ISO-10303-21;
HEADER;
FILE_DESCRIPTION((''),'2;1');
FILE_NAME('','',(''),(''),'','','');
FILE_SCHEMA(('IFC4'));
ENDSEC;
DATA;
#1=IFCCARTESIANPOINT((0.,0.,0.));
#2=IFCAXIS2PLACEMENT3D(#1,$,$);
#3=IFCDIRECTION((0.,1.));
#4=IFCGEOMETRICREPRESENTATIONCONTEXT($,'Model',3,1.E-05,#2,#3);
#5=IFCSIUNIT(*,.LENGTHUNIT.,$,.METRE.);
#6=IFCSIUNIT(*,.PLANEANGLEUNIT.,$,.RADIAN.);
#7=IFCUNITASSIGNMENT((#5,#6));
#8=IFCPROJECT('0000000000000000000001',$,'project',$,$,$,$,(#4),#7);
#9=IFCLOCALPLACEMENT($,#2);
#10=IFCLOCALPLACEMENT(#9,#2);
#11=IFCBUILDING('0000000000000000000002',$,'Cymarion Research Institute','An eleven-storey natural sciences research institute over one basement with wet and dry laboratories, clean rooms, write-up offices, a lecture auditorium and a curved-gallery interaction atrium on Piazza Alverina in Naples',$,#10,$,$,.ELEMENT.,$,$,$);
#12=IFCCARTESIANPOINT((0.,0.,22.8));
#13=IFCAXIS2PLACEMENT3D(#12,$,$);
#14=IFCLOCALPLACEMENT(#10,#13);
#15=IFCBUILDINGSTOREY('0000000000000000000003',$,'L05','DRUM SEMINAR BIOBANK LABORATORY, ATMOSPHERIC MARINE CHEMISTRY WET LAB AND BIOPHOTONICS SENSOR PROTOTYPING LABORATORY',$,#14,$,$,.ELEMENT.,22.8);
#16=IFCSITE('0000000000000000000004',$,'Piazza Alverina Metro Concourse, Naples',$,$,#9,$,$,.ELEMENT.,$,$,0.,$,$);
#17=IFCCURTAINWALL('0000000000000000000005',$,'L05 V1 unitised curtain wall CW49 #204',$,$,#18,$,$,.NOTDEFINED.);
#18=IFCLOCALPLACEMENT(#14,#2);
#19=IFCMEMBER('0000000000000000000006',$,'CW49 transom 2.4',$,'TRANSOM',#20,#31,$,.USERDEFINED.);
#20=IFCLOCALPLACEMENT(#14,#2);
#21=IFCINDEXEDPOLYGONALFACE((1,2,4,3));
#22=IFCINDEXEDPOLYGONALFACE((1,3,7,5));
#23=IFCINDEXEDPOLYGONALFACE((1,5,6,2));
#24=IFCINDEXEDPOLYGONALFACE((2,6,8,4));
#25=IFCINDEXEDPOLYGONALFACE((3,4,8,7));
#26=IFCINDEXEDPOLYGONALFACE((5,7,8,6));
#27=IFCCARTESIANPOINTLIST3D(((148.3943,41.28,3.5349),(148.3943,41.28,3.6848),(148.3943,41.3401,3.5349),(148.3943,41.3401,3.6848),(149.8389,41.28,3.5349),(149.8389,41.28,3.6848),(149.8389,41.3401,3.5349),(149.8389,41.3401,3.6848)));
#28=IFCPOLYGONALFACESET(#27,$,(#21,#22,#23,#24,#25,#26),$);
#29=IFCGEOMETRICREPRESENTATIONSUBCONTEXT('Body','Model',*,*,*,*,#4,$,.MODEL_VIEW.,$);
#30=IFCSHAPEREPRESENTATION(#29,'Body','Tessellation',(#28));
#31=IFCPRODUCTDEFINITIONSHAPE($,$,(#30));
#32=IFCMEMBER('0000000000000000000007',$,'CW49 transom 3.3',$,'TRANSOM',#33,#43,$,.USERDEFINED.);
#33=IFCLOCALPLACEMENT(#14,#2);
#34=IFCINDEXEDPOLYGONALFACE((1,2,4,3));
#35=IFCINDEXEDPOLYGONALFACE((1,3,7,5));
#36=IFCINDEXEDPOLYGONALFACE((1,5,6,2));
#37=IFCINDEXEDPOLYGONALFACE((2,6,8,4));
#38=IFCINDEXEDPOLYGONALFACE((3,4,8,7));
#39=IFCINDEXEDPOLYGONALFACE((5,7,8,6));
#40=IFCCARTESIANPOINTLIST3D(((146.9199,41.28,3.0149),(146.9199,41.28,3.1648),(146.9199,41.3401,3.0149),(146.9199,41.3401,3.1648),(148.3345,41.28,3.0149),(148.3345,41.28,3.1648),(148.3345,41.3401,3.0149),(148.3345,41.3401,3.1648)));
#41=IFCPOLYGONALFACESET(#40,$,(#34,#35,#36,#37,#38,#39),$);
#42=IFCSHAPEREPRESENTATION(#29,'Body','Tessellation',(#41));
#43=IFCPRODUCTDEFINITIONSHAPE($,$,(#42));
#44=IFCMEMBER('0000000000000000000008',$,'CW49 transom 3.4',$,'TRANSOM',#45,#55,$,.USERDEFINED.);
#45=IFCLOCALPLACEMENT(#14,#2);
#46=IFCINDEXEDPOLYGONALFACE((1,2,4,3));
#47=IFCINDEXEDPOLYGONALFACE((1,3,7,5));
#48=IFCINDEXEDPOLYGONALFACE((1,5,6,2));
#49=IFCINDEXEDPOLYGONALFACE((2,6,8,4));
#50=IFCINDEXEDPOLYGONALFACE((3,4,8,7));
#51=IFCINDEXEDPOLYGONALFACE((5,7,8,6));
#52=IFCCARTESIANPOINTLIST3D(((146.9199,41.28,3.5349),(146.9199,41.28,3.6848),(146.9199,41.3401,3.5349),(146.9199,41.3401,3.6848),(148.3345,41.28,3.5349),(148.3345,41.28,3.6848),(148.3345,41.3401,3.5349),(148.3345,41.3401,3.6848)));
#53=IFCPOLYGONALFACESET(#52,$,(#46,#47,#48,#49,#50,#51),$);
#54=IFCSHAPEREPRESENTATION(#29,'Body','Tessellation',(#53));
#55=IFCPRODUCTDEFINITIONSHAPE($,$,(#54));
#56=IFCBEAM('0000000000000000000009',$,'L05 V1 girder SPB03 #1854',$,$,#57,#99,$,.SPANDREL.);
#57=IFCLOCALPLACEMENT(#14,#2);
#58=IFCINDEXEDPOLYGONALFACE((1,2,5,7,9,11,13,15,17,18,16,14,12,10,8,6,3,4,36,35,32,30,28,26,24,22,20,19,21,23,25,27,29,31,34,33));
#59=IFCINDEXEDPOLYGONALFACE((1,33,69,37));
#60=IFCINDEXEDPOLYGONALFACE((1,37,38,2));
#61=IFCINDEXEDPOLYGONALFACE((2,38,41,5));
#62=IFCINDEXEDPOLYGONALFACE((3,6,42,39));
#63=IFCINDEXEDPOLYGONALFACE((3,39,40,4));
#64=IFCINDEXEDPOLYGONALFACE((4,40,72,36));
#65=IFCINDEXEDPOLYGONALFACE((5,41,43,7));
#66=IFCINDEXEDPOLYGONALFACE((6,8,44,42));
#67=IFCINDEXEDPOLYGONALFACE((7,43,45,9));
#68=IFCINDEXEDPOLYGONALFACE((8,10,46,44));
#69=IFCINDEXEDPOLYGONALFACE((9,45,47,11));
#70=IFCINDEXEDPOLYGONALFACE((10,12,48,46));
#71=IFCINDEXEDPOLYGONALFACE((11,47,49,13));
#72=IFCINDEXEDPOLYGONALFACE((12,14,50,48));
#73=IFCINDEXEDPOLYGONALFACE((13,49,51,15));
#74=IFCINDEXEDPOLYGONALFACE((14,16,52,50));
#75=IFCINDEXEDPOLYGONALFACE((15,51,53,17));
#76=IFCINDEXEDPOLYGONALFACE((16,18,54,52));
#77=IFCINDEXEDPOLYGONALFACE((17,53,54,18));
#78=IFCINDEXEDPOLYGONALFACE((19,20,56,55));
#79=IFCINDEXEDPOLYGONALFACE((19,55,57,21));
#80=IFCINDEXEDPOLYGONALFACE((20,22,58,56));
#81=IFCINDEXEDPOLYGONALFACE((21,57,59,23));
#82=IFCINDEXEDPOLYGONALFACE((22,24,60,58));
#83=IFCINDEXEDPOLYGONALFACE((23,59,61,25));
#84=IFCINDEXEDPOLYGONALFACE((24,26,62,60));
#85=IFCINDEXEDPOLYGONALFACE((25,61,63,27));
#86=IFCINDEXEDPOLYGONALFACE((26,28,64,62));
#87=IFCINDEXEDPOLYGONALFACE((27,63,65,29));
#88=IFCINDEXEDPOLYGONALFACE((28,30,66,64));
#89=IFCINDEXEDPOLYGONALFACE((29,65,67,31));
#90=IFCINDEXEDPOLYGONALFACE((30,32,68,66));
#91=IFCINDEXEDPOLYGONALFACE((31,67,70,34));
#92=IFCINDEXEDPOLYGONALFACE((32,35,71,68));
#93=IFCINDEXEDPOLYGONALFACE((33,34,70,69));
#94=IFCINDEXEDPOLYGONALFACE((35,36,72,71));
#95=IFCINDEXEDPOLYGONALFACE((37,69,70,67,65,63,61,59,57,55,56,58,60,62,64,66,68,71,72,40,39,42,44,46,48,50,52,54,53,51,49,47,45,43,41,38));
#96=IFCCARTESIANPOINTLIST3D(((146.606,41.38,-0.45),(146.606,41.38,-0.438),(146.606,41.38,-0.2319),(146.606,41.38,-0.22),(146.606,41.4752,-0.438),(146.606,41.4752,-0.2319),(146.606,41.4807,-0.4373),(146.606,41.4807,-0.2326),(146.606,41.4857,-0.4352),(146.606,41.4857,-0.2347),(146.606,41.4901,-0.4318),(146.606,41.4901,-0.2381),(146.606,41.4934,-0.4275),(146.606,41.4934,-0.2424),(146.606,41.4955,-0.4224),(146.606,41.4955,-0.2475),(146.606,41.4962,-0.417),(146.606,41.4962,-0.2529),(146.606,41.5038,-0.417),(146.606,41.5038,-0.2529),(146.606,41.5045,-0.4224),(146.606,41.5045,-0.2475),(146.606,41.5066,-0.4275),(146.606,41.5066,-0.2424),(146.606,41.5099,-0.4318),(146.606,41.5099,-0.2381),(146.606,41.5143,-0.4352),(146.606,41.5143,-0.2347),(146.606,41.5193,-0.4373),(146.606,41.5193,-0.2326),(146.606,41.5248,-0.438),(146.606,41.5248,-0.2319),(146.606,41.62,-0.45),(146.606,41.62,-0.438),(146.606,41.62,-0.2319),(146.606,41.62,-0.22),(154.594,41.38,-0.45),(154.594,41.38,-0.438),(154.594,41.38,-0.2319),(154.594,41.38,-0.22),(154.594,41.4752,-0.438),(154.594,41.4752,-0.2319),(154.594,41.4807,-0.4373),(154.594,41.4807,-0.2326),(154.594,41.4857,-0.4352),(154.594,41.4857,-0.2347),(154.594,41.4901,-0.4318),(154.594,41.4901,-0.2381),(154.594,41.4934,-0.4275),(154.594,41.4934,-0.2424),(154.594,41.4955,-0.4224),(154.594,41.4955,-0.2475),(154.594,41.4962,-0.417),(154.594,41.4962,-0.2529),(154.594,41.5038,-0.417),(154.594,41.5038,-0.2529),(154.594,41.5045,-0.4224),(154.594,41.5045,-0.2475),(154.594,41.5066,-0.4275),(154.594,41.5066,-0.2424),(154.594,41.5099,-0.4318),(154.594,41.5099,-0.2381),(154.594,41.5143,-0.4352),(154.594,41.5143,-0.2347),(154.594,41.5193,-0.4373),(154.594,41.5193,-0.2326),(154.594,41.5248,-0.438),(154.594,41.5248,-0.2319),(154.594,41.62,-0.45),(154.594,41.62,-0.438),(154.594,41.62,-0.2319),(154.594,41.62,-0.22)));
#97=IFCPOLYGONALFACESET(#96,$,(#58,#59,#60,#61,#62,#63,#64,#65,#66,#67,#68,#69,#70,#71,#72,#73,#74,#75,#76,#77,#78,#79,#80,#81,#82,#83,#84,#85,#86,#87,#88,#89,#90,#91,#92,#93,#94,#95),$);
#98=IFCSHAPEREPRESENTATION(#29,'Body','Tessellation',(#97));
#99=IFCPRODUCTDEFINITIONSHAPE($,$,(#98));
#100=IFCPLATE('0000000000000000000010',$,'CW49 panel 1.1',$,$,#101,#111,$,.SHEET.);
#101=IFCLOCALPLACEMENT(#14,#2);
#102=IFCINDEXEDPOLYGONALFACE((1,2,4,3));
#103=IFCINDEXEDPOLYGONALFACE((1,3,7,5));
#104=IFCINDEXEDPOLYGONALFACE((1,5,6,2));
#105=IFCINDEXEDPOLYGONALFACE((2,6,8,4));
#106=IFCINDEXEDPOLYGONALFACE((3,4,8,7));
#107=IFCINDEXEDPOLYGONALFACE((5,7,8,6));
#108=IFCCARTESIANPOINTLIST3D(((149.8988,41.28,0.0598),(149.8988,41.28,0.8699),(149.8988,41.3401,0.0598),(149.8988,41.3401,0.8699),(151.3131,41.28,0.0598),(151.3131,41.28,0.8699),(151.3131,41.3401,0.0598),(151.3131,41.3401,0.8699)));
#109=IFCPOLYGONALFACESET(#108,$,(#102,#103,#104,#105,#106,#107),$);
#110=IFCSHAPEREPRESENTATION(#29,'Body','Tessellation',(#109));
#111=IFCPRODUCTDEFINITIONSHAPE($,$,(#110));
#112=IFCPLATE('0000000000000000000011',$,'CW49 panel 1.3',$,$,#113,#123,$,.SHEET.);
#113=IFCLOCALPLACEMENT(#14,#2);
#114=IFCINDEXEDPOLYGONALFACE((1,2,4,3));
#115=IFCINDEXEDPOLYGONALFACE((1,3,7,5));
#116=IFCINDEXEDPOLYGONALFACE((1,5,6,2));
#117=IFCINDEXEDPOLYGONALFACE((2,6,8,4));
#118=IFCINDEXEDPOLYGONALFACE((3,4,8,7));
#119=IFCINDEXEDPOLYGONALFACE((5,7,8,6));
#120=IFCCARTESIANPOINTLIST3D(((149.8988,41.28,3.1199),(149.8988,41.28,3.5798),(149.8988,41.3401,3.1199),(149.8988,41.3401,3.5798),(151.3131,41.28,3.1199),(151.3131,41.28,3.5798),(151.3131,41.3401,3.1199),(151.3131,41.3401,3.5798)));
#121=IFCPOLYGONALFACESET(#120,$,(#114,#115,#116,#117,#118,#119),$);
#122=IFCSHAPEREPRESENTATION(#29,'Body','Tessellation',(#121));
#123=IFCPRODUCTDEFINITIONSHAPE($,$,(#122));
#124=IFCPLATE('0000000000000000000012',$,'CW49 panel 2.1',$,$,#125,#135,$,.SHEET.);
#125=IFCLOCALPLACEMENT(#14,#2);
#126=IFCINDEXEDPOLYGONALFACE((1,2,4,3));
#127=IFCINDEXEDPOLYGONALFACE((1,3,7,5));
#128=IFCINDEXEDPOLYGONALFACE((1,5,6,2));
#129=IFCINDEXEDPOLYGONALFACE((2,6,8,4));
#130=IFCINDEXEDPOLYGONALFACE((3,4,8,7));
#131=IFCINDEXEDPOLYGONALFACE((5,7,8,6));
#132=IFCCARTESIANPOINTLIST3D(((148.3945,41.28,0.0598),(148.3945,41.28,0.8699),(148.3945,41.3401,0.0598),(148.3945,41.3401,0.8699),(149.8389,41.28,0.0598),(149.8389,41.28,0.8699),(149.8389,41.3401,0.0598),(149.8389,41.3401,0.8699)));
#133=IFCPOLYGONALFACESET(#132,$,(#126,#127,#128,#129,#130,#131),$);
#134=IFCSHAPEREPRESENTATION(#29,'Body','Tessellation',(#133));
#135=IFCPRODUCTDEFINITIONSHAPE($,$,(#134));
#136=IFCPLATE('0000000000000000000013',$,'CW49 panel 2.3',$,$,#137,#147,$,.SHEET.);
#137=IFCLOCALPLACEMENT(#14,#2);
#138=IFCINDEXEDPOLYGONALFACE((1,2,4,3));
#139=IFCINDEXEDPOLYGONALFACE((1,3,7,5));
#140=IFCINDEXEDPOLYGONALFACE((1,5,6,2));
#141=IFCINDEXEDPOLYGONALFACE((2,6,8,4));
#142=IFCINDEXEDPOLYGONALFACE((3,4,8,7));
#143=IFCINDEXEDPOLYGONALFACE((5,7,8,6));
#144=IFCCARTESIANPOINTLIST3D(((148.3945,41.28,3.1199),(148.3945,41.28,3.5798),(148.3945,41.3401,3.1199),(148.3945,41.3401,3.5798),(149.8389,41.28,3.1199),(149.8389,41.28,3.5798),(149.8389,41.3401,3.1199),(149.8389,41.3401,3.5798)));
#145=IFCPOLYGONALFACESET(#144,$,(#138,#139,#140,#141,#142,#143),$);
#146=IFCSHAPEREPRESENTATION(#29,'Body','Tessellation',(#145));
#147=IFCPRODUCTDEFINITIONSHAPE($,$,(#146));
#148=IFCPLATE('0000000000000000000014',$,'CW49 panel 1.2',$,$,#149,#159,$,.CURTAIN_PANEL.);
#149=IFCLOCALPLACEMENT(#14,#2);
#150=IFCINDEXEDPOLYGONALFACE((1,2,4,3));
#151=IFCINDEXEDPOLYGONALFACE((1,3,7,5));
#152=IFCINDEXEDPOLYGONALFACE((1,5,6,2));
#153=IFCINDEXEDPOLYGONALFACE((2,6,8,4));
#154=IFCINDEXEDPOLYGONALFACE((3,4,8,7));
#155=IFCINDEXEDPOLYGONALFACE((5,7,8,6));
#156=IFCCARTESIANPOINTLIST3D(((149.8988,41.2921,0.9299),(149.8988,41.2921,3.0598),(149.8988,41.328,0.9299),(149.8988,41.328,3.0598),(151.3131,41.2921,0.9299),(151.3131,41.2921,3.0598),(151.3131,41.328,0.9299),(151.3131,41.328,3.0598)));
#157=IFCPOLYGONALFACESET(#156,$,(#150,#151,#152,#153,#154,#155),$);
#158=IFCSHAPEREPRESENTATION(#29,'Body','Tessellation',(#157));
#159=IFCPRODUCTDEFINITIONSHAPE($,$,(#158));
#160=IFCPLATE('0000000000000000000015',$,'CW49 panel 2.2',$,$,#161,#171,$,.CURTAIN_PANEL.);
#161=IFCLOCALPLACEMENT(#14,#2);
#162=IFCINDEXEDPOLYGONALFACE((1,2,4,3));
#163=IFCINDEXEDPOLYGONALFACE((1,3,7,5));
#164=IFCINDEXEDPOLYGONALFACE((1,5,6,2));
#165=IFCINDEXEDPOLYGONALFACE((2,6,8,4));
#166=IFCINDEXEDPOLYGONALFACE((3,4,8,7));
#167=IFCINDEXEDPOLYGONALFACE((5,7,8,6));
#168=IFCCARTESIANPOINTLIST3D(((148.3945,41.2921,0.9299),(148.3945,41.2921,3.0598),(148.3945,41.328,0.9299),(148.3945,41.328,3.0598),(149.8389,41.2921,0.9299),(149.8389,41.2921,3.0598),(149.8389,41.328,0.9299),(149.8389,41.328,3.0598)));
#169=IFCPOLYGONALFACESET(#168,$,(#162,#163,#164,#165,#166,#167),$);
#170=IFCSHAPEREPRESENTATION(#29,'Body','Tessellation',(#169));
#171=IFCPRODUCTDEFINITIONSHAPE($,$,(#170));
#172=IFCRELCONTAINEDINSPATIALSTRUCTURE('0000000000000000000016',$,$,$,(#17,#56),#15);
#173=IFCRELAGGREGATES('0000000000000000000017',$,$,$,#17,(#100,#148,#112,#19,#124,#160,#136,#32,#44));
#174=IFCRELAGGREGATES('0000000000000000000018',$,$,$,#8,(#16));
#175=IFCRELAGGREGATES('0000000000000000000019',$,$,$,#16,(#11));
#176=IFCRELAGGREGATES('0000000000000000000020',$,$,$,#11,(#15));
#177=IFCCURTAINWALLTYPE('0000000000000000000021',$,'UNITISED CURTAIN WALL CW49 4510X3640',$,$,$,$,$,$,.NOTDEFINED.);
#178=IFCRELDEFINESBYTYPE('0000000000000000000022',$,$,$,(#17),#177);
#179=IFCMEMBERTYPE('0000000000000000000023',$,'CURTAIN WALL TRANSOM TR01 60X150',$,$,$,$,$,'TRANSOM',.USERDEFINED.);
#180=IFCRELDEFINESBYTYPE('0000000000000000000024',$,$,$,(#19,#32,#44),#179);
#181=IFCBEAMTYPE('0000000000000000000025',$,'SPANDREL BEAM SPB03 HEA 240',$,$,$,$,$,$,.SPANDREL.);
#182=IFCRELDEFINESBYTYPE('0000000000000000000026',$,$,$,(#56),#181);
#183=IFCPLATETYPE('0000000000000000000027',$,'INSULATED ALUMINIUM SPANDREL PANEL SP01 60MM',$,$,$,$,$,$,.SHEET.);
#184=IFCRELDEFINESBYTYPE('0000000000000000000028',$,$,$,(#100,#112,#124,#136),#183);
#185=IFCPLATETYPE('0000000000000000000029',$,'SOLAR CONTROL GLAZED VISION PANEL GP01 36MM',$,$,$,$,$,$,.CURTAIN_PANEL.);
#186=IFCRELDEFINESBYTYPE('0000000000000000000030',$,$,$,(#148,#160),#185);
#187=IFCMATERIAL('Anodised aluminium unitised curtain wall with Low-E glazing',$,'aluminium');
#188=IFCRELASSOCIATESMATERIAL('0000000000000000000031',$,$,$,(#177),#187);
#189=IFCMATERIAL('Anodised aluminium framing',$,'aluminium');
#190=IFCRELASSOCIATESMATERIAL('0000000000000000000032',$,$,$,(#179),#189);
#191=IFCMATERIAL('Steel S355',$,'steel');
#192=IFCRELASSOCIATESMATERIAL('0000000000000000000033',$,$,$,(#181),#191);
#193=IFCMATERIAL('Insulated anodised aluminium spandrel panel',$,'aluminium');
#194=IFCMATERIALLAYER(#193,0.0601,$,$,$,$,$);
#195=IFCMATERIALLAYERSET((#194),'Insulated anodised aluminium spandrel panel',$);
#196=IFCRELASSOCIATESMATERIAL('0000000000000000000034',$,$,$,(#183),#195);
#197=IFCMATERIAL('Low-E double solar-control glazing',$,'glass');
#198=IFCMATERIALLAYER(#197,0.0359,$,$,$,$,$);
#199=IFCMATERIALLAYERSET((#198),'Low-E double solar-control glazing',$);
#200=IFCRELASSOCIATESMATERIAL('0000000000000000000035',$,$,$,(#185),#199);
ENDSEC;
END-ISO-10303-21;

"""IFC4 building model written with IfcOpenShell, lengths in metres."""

from ifc_helpers import new_model, si_unit, direction, frame, origin, origin_2d, place, context, subcontext, project, spatial, rectangle, i_section, extrude, material, layer, layer_set, material_profile, profile_set, type_object, element, aggregate, save


model = new_model("IFC4")

# Units and contexts
model_context = context("Model", 3, precision=1e-05, world=origin(), true_north=direction((0.0, 1.0)))
body_context = subcontext(model_context, "Body", "Model", "MODEL_VIEW")
ifc_project = project(units=[si_unit("LENGTHUNIT", "METRE"), si_unit("PLANEANGLEUNIT", "RADIAN")], contexts=[model_context])

# Site, building, storey
site_placement = place(None, origin())
site = spatial("IfcSite", under=ifc_project, at=site_placement, Name="Piazza Alverina Metro Concourse, Naples", CompositionType="ELEMENT", RefElevation=0.0)
building_placement = place(site_placement, origin())
building = spatial("IfcBuilding", under=site, at=building_placement, Name="Cymarion Research Institute", Description="An eleven-storey natural sciences research institute over one basement with wet and dry laboratories, clean rooms, write-up offices, a lecture auditorium and a curved-gallery interaction atrium on Piazza Alverina in Naples", CompositionType="ELEMENT")
storey_placement = place(building_placement, frame((0.0, 0.0, 22.8)))
storey = spatial("IfcBuildingStorey", under=building, at=storey_placement, Name="L05", Description="DRUM SEMINAR BIOBANK LABORATORY, ATMOSPHERIC MARINE CHEMISTRY WET LAB AND BIOPHOTONICS SENSOR PROTOTYPING LABORATORY", CompositionType="ELEMENT", Elevation=22.8)

# Shared definitions
ifc_material_1 = material(Name="Steel S355", Category="steel")

# Shared definitions
ifc_material_2 = material(Name="Anodised aluminium unitised curtain wall with Low-E glazing", Category="aluminium")
ifc_material_3 = material(Name="Anodised aluminium framing", Category="aluminium")

# Curtain wall, members
curtain_wall_type_1 = type_object("IfcCurtainWallType", Name="UNITISED CURTAIN WALL CW49 4510X3640", PredefinedType="NOTDEFINED", material=ifc_material_2)
curtain_wall_1_placement = place(storey_placement, origin())
curtain_wall_1 = element("IfcCurtainWall", 1, at=curtain_wall_1_placement, inside=storey, type_object=curtain_wall_type_1, Name="L05 V1 unitised curtain wall CW49 #204", PredefinedType="NOTDEFINED")
ifc_material_profile_1 = material_profile(ifc_material_3, rectangle(XDim=0.0601, YDim=0.1499, at=origin_2d()), Name="ALU TRANSOM 60x150")
ifc_profile_set_1 = profile_set([ifc_material_profile_1], Name="Anodised aluminium framing")
member_type_1 = type_object("IfcMemberType", Name="CURTAIN WALL TRANSOM TR01 60X150", ElementType="TRANSOM", PredefinedType="USERDEFINED", material=ifc_profile_set_1)
member_1_placement = place(storey_placement, frame((149.8389, 41.3101, 3.6099), z_axis=(-1.0, 0.0, 0.0), x_axis=(0.0, -1.0, 0.0)))
member_1 = element("IfcMember", 2, at=member_1_placement, type_object=member_type_1, Name="CW49 transom 2.4", ObjectType="TRANSOM", PredefinedType="USERDEFINED", context=body_context, shape_type="SweptSolid", body=[
    extrude(rectangle(XDim=0.0601, YDim=0.1499, at=origin_2d()), origin(), (0.0, 0.0, 1.0), 1.4446),
])
member_2_placement = place(storey_placement, frame((148.3345, 41.3101, 3.0898), z_axis=(-1.0, 0.0, 0.0), x_axis=(0.0, -1.0, 0.0)))
member_2 = element("IfcMember", 3, at=member_2_placement, type_object=member_type_1, Name="CW49 transom 3.3", ObjectType="TRANSOM", PredefinedType="USERDEFINED", context=body_context, shape_type="SweptSolid", body=[
    extrude(rectangle(XDim=0.0601, YDim=0.1499, at=origin_2d()), origin(), (0.0, 0.0, 1.0), 1.4146),
])
member_3_placement = place(storey_placement, frame((148.3345, 41.3101, 3.6099), z_axis=(-1.0, 0.0, 0.0), x_axis=(0.0, -1.0, 0.0)))
member_3 = element("IfcMember", 4, at=member_3_placement, type_object=member_type_1, Name="CW49 transom 3.4", ObjectType="TRANSOM", PredefinedType="USERDEFINED", context=body_context, shape_type="SweptSolid", body=[
    extrude(rectangle(XDim=0.0601, YDim=0.1499, at=origin_2d()), origin(), (0.0, 0.0, 1.0), 1.4146),
])

# Beam
ifc_material_profile_2 = material_profile(ifc_material_1, i_section(OverallWidth=0.24, OverallDepth=0.23, WebThickness=0.0076, FlangeThickness=0.012, FilletRadius=0.021, at=origin_2d()), Name="HEA 240")
ifc_profile_set_2 = profile_set([ifc_material_profile_2], Name="Steel S355")
beam_type = type_object("IfcBeamType", Name="SPANDREL BEAM SPB03 HEA 240", PredefinedType="SPANDREL", material=ifc_profile_set_2)
beam_placement = place(storey_placement, frame((146.606, 41.5, -0.335), z_axis=(1.0, 0.0, 0.0), x_axis=(0.0, 1.0, 0.0)))
element("IfcBeam", 5, at=beam_placement, inside=storey, type_object=beam_type, Name="L05 V1 girder SPB03 #1854", PredefinedType="SPANDREL", context=body_context, shape_type="SweptSolid", body=[
    extrude(i_section(OverallWidth=0.24, OverallDepth=0.23, WebThickness=0.0076, FlangeThickness=0.012, FilletRadius=0.021, at=origin_2d()), origin(), (0.0, 0.0, 1.0), 7.988),
])

# Plates
ifc_material_4 = material(Name="Insulated anodised aluminium spandrel panel", Category="aluminium")
ifc_layer_1 = layer(ifc_material_4, 0.0601)
ifc_layer_set_1 = layer_set([ifc_layer_1], Name="Insulated anodised aluminium spandrel panel")
plate_type_1 = type_object("IfcPlateType", Name="INSULATED ALUMINIUM SPANDREL PANEL SP01 60MM", PredefinedType="SHEET", material=ifc_layer_set_1)
plate_1_placement = place(storey_placement, frame((150.606, 41.3101, 0.0598), z_axis=(0.0, 0.0, 1.0), x_axis=(-1.0, 0.0, 0.0)))
plate_1 = element("IfcPlate", 6, at=plate_1_placement, type_object=plate_type_1, Name="CW49 panel 1.1", PredefinedType="SHEET", context=body_context, shape_type="SweptSolid", body=[
    extrude(rectangle(XDim=1.4143, YDim=0.0601, at=origin_2d()), origin(), (0.0, 0.0, 1.0), 0.8101),
])
plate_2_placement = place(storey_placement, frame((150.606, 41.3101, 3.1199), z_axis=(0.0, 0.0, 1.0), x_axis=(-1.0, 0.0, 0.0)))
plate_2 = element("IfcPlate", 7, at=plate_2_placement, type_object=plate_type_1, Name="CW49 panel 1.3", PredefinedType="SHEET", context=body_context, shape_type="SweptSolid", body=[
    extrude(rectangle(XDim=1.4143, YDim=0.0601, at=origin_2d()), origin(), (0.0, 0.0, 1.0), 0.46),
])
plate_3_placement = place(storey_placement, frame((149.1167, 41.3101, 0.0598), z_axis=(0.0, 0.0, 1.0), x_axis=(-1.0, 0.0, 0.0)))
plate_3 = element("IfcPlate", 8, at=plate_3_placement, type_object=plate_type_1, Name="CW49 panel 2.1", PredefinedType="SHEET", context=body_context, shape_type="SweptSolid", body=[
    extrude(rectangle(XDim=1.4443, YDim=0.0601, at=origin_2d()), origin(), (0.0, 0.0, 1.0), 0.8101),
])
plate_4_placement = place(storey_placement, frame((149.1167, 41.3101, 3.1199), z_axis=(0.0, 0.0, 1.0), x_axis=(-1.0, 0.0, 0.0)))
plate_4 = element("IfcPlate", 9, at=plate_4_placement, type_object=plate_type_1, Name="CW49 panel 2.3", PredefinedType="SHEET", context=body_context, shape_type="SweptSolid", body=[
    extrude(rectangle(XDim=1.4443, YDim=0.0601, at=origin_2d()), origin(), (0.0, 0.0, 1.0), 0.46),
])
ifc_material_5 = material(Name="Low-E double solar-control glazing", Category="glass")
ifc_layer_2 = layer(ifc_material_5, 0.0359)
ifc_layer_set_2 = layer_set([ifc_layer_2], Name="Low-E double solar-control glazing")
plate_type_2 = type_object("IfcPlateType", Name="SOLAR CONTROL GLAZED VISION PANEL GP01 36MM", PredefinedType="CURTAIN_PANEL", material=ifc_layer_set_2)
plate_5_placement = place(storey_placement, frame((150.606, 41.3101, 0.9299), z_axis=(0.0, 0.0, 1.0), x_axis=(-1.0, 0.0, 0.0)))
plate_5 = element("IfcPlate", 10, at=plate_5_placement, type_object=plate_type_2, Name="CW49 panel 1.2", PredefinedType="CURTAIN_PANEL", context=body_context, shape_type="SweptSolid", body=[
    extrude(rectangle(XDim=1.4143, YDim=0.0359, at=origin_2d()), origin(), (0.0, 0.0, 1.0), 2.1299),
])
plate_6_placement = place(storey_placement, frame((149.1167, 41.3101, 0.9299), z_axis=(0.0, 0.0, 1.0), x_axis=(-1.0, 0.0, 0.0)))
plate_6 = element("IfcPlate", 11, at=plate_6_placement, type_object=plate_type_2, Name="CW49 panel 2.2", PredefinedType="CURTAIN_PANEL", context=body_context, shape_type="SweptSolid", body=[
    extrude(rectangle(XDim=1.4443, YDim=0.0359, at=origin_2d()), origin(), (0.0, 0.0, 1.0), 2.1299),
])
aggregate(curtain_wall_1, [plate_1, plate_5, plate_2, member_1, plate_3, plate_6, plate_4, member_2, member_3])

save(model, "model.ifc")
